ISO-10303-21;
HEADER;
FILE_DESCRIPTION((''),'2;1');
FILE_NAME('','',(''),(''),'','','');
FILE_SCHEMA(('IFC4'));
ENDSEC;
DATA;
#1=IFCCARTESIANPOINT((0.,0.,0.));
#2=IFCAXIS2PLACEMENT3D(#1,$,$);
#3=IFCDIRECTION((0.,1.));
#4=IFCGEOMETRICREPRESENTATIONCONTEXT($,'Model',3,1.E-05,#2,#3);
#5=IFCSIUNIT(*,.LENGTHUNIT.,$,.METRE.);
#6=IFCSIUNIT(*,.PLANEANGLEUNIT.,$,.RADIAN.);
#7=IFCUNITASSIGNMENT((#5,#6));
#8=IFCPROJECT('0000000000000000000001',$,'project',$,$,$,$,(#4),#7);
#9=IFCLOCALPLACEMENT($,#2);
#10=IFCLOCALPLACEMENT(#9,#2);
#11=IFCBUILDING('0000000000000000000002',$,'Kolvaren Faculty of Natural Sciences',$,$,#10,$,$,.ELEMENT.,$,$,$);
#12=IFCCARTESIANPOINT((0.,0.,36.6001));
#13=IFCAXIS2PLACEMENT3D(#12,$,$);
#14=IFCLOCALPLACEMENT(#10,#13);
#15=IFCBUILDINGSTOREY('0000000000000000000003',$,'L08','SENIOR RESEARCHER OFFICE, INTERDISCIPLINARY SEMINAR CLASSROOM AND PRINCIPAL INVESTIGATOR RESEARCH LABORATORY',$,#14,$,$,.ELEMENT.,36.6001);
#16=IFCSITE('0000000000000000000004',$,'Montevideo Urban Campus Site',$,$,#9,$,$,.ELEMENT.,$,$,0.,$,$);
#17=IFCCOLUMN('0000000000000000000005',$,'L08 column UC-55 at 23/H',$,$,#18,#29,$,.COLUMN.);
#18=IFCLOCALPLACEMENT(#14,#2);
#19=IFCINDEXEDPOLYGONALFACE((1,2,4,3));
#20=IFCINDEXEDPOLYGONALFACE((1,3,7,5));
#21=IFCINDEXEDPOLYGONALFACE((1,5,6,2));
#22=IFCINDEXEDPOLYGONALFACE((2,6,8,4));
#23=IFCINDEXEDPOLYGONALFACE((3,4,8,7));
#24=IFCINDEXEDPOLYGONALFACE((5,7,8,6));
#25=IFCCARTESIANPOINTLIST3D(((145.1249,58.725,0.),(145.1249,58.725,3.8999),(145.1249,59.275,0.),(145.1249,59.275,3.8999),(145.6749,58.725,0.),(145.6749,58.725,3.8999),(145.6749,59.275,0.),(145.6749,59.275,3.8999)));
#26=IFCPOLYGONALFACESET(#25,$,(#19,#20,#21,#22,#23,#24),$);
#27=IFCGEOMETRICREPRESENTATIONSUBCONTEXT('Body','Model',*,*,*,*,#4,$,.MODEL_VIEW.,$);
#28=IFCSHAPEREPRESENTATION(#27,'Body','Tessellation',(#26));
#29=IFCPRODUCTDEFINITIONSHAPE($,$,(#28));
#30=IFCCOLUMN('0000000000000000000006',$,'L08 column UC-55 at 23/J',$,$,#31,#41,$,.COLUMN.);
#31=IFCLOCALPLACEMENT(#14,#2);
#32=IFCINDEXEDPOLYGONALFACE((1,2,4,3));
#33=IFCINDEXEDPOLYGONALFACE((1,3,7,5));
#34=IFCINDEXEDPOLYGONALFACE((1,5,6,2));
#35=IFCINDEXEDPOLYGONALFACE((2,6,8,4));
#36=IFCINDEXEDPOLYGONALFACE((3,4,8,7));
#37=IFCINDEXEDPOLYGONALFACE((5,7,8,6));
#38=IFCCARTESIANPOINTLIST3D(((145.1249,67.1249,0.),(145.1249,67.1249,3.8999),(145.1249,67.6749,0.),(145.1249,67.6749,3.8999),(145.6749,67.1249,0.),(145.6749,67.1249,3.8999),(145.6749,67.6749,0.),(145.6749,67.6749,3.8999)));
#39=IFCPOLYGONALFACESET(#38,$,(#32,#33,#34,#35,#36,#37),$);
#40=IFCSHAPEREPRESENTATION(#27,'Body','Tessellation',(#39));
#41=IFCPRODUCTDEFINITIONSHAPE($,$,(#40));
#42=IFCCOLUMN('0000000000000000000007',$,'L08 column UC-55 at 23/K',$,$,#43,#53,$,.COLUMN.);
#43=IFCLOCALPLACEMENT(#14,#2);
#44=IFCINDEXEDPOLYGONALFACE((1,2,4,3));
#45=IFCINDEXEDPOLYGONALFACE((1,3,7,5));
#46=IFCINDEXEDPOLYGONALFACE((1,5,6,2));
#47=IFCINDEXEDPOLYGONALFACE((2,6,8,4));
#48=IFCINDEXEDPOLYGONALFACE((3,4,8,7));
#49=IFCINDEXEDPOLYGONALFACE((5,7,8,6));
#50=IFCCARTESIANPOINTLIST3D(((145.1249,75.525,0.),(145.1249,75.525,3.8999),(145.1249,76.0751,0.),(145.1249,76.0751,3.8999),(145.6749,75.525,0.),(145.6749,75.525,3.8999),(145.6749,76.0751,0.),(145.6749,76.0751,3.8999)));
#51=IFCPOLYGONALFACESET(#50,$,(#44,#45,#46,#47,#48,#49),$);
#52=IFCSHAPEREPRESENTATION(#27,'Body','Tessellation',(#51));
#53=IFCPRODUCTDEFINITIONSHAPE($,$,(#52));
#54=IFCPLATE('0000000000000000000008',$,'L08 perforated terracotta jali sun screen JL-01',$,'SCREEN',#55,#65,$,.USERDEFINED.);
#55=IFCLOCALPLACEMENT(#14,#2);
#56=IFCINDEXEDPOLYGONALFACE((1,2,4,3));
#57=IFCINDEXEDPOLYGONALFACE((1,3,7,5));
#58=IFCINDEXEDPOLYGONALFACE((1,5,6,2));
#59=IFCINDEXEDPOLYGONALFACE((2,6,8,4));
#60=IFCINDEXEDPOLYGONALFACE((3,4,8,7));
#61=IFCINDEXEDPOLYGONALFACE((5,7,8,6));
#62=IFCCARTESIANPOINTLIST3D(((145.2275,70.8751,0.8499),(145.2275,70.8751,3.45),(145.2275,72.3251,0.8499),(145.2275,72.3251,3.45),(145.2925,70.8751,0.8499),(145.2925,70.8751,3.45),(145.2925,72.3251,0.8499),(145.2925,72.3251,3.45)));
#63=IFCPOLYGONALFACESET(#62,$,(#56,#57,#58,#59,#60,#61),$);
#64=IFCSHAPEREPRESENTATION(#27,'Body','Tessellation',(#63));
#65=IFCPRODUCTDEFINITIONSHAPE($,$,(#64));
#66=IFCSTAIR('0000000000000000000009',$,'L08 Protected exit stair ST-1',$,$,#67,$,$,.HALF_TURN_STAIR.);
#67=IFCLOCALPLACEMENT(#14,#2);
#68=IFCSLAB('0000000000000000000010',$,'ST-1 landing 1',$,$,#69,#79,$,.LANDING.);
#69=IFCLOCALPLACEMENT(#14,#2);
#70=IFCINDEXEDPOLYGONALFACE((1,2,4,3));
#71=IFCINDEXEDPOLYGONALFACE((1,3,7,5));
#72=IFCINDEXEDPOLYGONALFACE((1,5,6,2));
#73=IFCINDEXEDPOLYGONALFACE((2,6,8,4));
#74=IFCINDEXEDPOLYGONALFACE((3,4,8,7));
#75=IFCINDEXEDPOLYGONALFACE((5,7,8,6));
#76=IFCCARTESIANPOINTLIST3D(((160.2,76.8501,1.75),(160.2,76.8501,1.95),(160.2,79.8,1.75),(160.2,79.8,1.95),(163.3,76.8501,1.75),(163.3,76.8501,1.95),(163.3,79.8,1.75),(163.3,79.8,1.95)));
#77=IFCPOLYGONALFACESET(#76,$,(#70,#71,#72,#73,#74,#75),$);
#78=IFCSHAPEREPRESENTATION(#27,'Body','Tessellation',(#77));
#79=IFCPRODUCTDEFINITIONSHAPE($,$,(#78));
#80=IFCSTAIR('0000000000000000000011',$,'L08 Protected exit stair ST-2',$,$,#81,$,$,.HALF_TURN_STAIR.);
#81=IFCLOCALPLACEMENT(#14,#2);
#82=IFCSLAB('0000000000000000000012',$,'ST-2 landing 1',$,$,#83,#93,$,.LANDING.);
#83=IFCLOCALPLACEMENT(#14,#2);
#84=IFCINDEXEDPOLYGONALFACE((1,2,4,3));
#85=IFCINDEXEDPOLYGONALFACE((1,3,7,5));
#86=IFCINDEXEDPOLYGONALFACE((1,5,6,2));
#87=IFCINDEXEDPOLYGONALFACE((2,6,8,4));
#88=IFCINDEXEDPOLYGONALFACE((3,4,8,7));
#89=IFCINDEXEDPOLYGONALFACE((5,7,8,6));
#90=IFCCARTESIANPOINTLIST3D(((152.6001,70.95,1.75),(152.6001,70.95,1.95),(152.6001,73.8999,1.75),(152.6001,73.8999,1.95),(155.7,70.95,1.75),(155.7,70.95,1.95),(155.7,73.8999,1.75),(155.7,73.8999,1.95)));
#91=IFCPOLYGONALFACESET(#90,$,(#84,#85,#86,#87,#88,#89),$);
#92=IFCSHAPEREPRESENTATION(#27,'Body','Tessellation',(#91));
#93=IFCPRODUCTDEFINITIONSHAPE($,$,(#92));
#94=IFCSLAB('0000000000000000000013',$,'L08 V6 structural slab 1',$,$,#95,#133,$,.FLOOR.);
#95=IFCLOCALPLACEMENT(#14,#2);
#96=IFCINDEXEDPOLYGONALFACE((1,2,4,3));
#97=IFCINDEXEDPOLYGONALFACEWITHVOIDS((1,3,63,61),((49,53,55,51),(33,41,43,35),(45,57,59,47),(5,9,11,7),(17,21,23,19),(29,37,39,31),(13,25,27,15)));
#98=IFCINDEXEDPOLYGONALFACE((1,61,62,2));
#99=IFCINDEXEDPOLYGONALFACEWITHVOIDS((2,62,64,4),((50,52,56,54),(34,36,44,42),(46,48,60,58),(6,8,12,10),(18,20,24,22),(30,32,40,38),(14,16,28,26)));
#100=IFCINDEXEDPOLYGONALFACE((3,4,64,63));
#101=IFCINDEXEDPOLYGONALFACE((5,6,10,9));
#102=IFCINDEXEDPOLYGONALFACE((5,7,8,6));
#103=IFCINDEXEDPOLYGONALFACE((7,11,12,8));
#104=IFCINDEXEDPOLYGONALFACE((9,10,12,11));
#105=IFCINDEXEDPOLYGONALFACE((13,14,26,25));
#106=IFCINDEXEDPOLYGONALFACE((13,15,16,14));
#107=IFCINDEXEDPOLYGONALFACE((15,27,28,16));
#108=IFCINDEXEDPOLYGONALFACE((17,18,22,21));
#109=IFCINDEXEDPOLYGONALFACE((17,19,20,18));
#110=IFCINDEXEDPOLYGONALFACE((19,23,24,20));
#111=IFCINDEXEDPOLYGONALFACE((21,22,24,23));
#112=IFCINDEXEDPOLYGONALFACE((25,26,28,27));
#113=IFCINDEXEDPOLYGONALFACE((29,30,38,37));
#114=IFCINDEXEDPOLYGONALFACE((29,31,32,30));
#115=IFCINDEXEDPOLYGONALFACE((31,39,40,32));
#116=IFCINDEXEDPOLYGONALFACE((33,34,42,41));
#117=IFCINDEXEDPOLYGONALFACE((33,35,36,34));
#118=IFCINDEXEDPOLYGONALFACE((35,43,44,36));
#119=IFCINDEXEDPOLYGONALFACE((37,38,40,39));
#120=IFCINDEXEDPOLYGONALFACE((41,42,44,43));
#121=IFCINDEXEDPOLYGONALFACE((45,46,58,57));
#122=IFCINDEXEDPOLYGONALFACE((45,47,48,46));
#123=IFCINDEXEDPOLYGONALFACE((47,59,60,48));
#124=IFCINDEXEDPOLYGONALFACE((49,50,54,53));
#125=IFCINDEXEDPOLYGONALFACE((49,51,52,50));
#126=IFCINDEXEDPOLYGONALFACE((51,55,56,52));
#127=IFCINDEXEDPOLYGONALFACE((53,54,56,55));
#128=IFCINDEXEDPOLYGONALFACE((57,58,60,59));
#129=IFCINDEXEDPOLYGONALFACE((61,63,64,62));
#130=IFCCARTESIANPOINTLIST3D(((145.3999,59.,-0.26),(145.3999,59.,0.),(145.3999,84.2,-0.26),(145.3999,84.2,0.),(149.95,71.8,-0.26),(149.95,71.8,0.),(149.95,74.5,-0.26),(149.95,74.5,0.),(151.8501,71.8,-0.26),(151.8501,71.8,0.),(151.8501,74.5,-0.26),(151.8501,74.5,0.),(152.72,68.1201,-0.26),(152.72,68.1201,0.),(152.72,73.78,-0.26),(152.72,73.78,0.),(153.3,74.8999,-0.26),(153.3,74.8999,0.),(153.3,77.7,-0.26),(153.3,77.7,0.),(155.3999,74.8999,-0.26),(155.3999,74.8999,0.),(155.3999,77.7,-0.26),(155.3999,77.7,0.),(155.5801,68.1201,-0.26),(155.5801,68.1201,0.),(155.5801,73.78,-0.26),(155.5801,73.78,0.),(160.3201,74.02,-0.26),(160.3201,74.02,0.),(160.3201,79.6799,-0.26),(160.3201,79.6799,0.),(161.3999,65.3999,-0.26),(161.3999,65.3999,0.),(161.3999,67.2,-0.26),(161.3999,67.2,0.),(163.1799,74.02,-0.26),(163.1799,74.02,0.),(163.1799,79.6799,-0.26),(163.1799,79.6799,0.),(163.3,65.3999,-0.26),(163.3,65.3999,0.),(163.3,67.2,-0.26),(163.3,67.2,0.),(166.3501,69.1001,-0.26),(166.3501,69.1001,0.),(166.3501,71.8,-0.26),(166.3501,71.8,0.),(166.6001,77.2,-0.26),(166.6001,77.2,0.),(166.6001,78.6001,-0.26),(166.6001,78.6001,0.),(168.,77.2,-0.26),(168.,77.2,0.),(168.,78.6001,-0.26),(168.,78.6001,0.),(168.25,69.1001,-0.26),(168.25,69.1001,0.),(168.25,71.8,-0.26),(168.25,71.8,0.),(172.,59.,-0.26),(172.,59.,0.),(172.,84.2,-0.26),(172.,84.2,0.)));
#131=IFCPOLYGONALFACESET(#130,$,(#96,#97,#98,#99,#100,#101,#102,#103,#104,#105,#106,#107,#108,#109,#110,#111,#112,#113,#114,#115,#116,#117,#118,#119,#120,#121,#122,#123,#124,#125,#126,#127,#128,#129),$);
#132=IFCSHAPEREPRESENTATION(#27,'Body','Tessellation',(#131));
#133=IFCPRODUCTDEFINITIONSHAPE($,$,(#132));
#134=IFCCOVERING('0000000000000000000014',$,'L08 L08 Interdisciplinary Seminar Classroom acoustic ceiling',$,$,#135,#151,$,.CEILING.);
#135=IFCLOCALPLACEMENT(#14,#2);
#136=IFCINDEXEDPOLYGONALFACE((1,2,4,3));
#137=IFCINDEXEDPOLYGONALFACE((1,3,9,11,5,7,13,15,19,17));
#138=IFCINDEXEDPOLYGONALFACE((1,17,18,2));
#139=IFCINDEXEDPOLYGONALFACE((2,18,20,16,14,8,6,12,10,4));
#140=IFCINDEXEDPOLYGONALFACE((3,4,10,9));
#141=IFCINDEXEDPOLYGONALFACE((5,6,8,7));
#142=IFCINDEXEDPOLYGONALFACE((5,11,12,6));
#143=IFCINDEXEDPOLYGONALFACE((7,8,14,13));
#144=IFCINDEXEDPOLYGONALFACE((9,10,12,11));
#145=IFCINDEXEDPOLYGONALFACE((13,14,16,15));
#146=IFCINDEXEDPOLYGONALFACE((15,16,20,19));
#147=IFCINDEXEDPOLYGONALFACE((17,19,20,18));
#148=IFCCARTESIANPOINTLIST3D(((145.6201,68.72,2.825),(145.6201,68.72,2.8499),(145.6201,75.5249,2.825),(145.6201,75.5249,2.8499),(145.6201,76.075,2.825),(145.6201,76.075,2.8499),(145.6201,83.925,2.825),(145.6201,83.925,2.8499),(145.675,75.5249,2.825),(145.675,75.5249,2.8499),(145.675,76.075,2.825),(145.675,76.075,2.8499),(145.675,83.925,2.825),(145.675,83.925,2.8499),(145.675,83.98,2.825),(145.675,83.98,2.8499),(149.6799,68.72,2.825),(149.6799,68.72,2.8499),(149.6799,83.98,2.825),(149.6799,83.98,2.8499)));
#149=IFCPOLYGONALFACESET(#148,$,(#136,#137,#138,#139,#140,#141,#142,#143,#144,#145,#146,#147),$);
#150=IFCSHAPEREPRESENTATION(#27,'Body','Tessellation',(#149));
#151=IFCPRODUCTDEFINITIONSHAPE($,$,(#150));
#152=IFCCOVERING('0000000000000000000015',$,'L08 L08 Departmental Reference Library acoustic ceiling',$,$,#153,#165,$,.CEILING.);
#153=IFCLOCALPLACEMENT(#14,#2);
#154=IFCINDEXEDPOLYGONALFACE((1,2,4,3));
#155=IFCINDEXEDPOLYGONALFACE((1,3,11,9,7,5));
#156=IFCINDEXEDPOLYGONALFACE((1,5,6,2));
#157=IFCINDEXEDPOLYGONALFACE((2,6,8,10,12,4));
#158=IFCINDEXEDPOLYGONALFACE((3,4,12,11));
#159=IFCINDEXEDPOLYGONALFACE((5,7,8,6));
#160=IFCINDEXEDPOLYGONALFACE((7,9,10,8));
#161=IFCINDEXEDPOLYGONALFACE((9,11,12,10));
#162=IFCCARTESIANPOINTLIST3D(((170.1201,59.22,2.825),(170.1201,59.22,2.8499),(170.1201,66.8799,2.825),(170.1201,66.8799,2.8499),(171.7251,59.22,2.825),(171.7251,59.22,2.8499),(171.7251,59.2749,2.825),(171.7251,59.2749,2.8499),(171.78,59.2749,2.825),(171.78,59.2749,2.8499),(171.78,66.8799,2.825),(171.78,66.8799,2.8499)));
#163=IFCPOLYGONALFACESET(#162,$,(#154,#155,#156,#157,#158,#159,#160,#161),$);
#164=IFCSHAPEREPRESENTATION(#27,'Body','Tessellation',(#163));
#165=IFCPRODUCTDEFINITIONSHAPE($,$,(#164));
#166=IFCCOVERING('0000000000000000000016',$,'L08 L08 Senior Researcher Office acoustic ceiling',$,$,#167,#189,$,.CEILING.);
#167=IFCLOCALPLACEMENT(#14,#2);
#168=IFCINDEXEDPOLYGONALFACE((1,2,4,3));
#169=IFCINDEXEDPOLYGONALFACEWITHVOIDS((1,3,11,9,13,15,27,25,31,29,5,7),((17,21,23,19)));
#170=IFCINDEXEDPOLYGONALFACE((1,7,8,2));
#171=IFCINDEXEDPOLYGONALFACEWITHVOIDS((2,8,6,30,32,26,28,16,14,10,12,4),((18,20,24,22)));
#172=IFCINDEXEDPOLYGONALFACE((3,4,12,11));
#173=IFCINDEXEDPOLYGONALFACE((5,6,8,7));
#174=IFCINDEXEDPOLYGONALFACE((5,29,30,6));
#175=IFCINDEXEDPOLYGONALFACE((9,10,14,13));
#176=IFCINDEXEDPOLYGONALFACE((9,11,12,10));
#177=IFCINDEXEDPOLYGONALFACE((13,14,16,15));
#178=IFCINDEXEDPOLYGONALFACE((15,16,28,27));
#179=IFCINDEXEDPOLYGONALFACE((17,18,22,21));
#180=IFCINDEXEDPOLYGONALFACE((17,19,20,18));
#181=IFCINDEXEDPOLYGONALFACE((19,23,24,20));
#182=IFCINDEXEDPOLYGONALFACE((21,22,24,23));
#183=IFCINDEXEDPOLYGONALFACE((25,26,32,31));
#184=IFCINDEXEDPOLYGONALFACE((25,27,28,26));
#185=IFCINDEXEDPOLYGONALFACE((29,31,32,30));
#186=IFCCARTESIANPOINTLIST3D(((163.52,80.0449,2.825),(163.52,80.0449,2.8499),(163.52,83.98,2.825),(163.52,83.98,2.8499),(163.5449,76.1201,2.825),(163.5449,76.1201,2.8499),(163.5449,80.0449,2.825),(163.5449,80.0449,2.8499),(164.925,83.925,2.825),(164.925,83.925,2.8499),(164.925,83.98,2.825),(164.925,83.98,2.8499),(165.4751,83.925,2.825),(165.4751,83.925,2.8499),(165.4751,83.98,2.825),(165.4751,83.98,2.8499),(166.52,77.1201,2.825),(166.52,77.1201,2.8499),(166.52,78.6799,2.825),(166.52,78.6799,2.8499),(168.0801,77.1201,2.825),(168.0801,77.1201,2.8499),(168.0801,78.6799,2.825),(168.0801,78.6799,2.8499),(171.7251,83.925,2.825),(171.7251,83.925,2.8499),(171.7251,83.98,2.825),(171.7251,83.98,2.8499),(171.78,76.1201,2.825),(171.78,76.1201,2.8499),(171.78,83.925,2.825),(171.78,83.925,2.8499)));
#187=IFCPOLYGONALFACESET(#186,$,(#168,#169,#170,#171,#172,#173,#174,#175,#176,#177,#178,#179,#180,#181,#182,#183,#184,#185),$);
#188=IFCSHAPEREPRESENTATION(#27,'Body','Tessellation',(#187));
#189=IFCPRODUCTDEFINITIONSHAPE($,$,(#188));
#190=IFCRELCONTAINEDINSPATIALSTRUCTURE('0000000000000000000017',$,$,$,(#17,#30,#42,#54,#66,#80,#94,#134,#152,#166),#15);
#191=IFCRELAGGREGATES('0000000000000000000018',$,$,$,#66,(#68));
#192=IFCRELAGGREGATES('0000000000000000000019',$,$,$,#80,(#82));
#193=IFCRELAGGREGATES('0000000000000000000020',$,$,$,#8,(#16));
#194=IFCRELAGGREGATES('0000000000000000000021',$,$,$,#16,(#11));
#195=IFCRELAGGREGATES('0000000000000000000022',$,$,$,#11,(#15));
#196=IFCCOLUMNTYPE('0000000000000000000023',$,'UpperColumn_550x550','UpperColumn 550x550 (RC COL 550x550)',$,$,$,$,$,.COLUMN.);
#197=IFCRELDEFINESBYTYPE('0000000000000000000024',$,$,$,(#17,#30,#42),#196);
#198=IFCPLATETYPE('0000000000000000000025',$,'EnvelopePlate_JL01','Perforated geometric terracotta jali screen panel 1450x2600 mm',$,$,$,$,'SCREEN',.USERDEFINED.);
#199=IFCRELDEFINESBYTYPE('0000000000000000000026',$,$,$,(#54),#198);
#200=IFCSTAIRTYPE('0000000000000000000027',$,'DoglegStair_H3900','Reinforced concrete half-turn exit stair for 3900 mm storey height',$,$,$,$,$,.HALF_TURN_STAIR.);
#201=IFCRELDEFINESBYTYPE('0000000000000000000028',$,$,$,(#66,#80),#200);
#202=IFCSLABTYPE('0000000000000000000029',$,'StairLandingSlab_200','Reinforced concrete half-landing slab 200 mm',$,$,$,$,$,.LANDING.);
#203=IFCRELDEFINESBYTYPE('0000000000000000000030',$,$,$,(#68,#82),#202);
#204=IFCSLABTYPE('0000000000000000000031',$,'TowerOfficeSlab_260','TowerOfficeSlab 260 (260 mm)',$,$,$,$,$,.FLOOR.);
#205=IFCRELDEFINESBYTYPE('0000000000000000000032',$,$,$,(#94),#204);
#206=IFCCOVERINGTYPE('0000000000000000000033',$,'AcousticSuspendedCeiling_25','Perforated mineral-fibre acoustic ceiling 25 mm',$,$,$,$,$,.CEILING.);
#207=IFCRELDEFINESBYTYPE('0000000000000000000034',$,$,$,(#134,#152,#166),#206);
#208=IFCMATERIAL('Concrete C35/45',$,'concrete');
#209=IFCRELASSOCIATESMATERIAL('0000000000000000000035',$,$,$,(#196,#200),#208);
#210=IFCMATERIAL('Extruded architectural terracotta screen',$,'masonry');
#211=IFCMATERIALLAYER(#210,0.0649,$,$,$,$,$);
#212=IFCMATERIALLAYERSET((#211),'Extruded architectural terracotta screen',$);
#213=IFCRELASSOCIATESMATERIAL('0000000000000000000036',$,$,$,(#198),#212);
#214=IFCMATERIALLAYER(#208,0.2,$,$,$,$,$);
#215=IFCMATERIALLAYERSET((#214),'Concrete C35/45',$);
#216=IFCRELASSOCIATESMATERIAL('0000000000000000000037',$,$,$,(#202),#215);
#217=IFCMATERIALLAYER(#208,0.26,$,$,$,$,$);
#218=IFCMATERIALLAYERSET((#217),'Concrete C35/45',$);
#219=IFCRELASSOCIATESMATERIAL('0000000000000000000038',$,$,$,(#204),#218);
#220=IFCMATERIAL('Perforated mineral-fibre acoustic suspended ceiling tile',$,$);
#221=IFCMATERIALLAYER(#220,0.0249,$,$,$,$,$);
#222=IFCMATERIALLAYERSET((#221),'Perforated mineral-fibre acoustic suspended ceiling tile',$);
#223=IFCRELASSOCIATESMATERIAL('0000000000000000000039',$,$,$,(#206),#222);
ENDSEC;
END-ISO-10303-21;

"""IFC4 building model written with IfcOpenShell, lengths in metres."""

from ifc_helpers import new_model, si_unit, direction, frame, origin, origin_2d, place, context, subcontext, project, spatial, polyline, rectangle, outline, extrude, material, layer, layer_set, material_profile, profile_set, type_object, element, aggregate, save


model = new_model("IFC4")

# Units and contexts
model_context = context("Model", 3, precision=1e-05, world=origin(), true_north=direction((0.0, 1.0)))
body_context = subcontext(model_context, "Body", "Model", "MODEL_VIEW")
ifc_project = project(units=[si_unit("LENGTHUNIT", "METRE"), si_unit("PLANEANGLEUNIT", "RADIAN")], contexts=[model_context])

# Site, building, storey
site_placement = place(None, origin())
site = spatial("IfcSite", under=ifc_project, at=site_placement, Name="Montevideo Urban Campus Site", CompositionType="ELEMENT", RefElevation=0.0)
building_placement = place(site_placement, origin())
building = spatial("IfcBuilding", under=site, at=building_placement, Name="Kolvaren Faculty of Natural Sciences", CompositionType="ELEMENT")
storey_placement = place(building_placement, frame((0.0, 0.0, 36.6001)))
storey = spatial("IfcBuildingStorey", under=building, at=storey_placement, Name="L08", Description="SENIOR RESEARCHER OFFICE, INTERDISCIPLINARY SEMINAR CLASSROOM AND PRINCIPAL INVESTIGATOR RESEARCH LABORATORY", CompositionType="ELEMENT", Elevation=36.6001)

# Columns
ifc_material_1 = material(Name="Concrete C35/45", Category="concrete")
ifc_material_profile = material_profile(ifc_material_1, rectangle(XDim=0.55, YDim=0.55, at=origin_2d()), Name="RC COL 550x550")
ifc_profile_set = profile_set([ifc_material_profile], Name="Concrete C35/45")
column_type = type_object("IfcColumnType", Name="UpperColumn_550x550", Description="UpperColumn 550x550 (RC COL 550x550)", PredefinedType="COLUMN", material=ifc_profile_set)
for number, where, z_axis, x_axis, name in (
    (1, (145.3999, 59.0, 0.0), (0.0, 0.0, 1.0), (1.0, 0.0, 0.0), "L08 column UC-55 at 23/H"),
    (2, (145.3999, 67.3999, 0.0), (0.0, 0.0, 1.0), (1.0, 0.0, 0.0), "L08 column UC-55 at 23/J"),
    (3, (145.3999, 75.8, 0.0), (0.0, 0.0, 1.0), (1.0, 0.0, 0.0), "L08 column UC-55 at 23/K"),
):
    element("IfcColumn", number, at=place(storey_placement, frame(where, z_axis=z_axis, x_axis=x_axis)), inside=storey, type_object=column_type, Name=name, PredefinedType="COLUMN", context=body_context, shape_type="SweptSolid", body=[
        extrude(rectangle(XDim=0.55, YDim=0.55, at=origin_2d()), origin(), (0.0, 0.0, 1.0), 3.8999),
    ])

# Plate
ifc_material_2 = material(Name="Extruded architectural terracotta screen", Category="masonry")
ifc_layer_1 = layer(ifc_material_2, 0.0649)
ifc_layer_set_1 = layer_set([ifc_layer_1], Name="Extruded architectural terracotta screen")
plate_type = type_object("IfcPlateType", Name="EnvelopePlate_JL01", Description="Perforated geometric terracotta jali screen panel 1450x2600 mm", ElementType="SCREEN", PredefinedType="USERDEFINED", material=ifc_layer_set_1)
plate_placement = place(storey_placement, frame((145.26, 71.6001, 0.8499), z_axis=(0.0, 0.0, 1.0), x_axis=(0.0, 1.0, 0.0)))
element("IfcPlate", 4, at=plate_placement, inside=storey, type_object=plate_type, Name="L08 perforated terracotta jali sun screen JL-01", ObjectType="SCREEN", PredefinedType="USERDEFINED", context=body_context, shape_type="SweptSolid", body=[
    extrude(rectangle(XDim=1.45, YDim=0.0649, at=origin_2d()), origin(), (0.0, 0.0, 1.0), 2.6001),
])

# Stairs, slabs
stair_type = type_object("IfcStairType", Name="DoglegStair_H3900", Description="Reinforced concrete half-turn exit stair for 3900 mm storey height", PredefinedType="HALF_TURN_STAIR", material=ifc_material_1)
stair_1_placement = place(storey_placement, origin())
stair_1 = element("IfcStair", 5, at=stair_1_placement, inside=storey, type_object=stair_type, Name="L08 Protected exit stair ST-1", PredefinedType="HALF_TURN_STAIR")
ifc_layer_2 = layer(ifc_material_1, 0.2)
ifc_layer_set_2 = layer_set([ifc_layer_2], Name="Concrete C35/45")
slab_type_1 = type_object("IfcSlabType", Name="StairLandingSlab_200", Description="Reinforced concrete half-landing slab 200 mm", PredefinedType="LANDING", material=ifc_layer_set_2)
slab_1_placement = place(storey_placement, frame((0.0, 0.0, 1.75)))
slab_1 = element("IfcSlab", 6, at=slab_1_placement, type_object=slab_type_1, Name="ST-1 landing 1", PredefinedType="LANDING", context=body_context, shape_type="SweptSolid", body=[
    extrude(outline(polyline([(163.3, 76.8501), (163.3, 79.8), (160.2, 79.8), (160.2, 76.8501), (163.3, 76.8501)])), origin(), (0.0, 0.0, 1.0), 0.2),
])
aggregate(stair_1, [slab_1])
stair_2_placement = place(storey_placement, origin())
stair_2 = element("IfcStair", 7, at=stair_2_placement, inside=storey, type_object=stair_type, Name="L08 Protected exit stair ST-2", PredefinedType="HALF_TURN_STAIR")
slab_2_placement = place(storey_placement, frame((0.0, 0.0, 1.75)))
slab_2 = element("IfcSlab", 8, at=slab_2_placement, type_object=slab_type_1, Name="ST-2 landing 1", PredefinedType="LANDING", context=body_context, shape_type="SweptSolid", body=[
    extrude(outline(polyline([(155.7, 70.95), (155.7, 73.8999), (152.6001, 73.8999), (152.6001, 70.95), (155.7, 70.95)])), origin(), (0.0, 0.0, 1.0), 0.2),
])
aggregate(stair_2, [slab_2])

# Slab
ifc_layer_3 = layer(ifc_material_1, 0.26)
ifc_layer_set_3 = layer_set([ifc_layer_3], Name="Concrete C35/45")
slab_type_2 = type_object("IfcSlabType", Name="TowerOfficeSlab_260", Description="TowerOfficeSlab 260 (260 mm)", PredefinedType="FLOOR", material=ifc_layer_set_3)
slab_3_placement = place(storey_placement, frame((0.0, 0.0, -0.26)))
element("IfcSlab", 9, at=slab_3_placement, inside=storey, type_object=slab_type_2, Name="L08 V6 structural slab 1", PredefinedType="FLOOR", context=body_context, shape_type="SweptSolid", body=[
    extrude(outline(polyline([(145.3999, 59.0), (145.3999, 84.2), (172.0, 84.2), (172.0, 59.0), (145.3999, 59.0)]), holes=[polyline([(166.3501, 71.8), (166.3501, 69.1001), (168.25, 69.1001), (168.25, 71.8), (166.3501, 71.8)]), polyline([(166.6001, 78.6001), (166.6001, 77.2), (168.0, 77.2), (168.0, 78.6001), (166.6001, 78.6001)]), polyline([(161.3999, 65.3999), (163.3, 65.3999), (163.3, 67.2), (161.3999, 67.2), (161.3999, 65.3999)]), polyline([(160.3201, 79.6799), (160.3201, 74.02), (163.1799, 74.02), (163.1799, 79.6799), (160.3201, 79.6799)]), polyline([(152.72, 73.78), (152.72, 68.1201), (155.5801, 68.1201), (155.5801, 73.78), (152.72, 73.78)]), polyline([(153.3, 77.7), (153.3, 74.8999), (155.3999, 74.8999), (155.3999, 77.7), (153.3, 77.7)]), polyline([(149.95, 74.5), (149.95, 71.8), (151.8501, 71.8), (151.8501, 74.5), (149.95, 74.5)])]), origin(), (0.0, 0.0, 1.0), 0.26),
])

# Coverings
ifc_material_3 = material(Name="Perforated mineral-fibre acoustic suspended ceiling tile")
ifc_layer_4 = layer(ifc_material_3, 0.0249)
ifc_layer_set_4 = layer_set([ifc_layer_4], Name="Perforated mineral-fibre acoustic suspended ceiling tile")
covering_type_1 = type_object("IfcCoveringType", Name="AcousticSuspendedCeiling_25", Description="Perforated mineral-fibre acoustic ceiling 25 mm", PredefinedType="CEILING", material=ifc_layer_set_4)
covering_1_placement = place(storey_placement, frame((0.0, 0.0, 2.825)))
element("IfcCovering", 10, at=covering_1_placement, inside=storey, type_object=covering_type_1, Name="L08 L08 Interdisciplinary Seminar Classroom acoustic ceiling", PredefinedType="CEILING", context=body_context, shape_type="SweptSolid", body=[
    extrude(outline(polyline([(145.6201, 68.72), (145.6201, 75.5249), (145.675, 75.5249), (145.675, 76.075), (145.6201, 76.075), (145.6201, 83.925), (145.675, 83.925), (145.675, 83.98), (149.6799, 83.98), (149.6799, 68.72), (145.6201, 68.72)])), origin(), (0.0, 0.0, 1.0), 0.0249),
])
covering_2_placement = place(storey_placement, frame((0.0, 0.0, 2.825)))
element("IfcCovering", 11, at=covering_2_placement, inside=storey, type_object=covering_type_1, Name="L08 L08 Departmental Reference Library acoustic ceiling", PredefinedType="CEILING", context=body_context, shape_type="SweptSolid", body=[
    extrude(outline(polyline([(171.78, 66.8799), (171.78, 59.2749), (171.7251, 59.2749), (171.7251, 59.22), (170.1201, 59.22), (170.1201, 66.8799), (171.78, 66.8799)])), origin(), (0.0, 0.0, 1.0), 0.0249),
])
covering_3_placement = place(storey_placement, frame((0.0, 0.0, 2.825)))
element("IfcCovering", 12, at=covering_3_placement, inside=storey, type_object=covering_type_1, Name="L08 L08 Senior Researcher Office acoustic ceiling", PredefinedType="CEILING", context=body_context, shape_type="SweptSolid", body=[
    extrude(outline(polyline([(163.5449, 80.0449), (163.52, 80.0449), (163.52, 83.98), (164.925, 83.98), (164.925, 83.925), (165.4751, 83.925), (165.4751, 83.98), (171.7251, 83.98), (171.7251, 83.925), (171.78, 83.925), (171.78, 76.1201), (163.5449, 76.1201), (163.5449, 80.0449)]), holes=[polyline([(168.0801, 77.1201), (168.0801, 78.6799), (166.52, 78.6799), (166.52, 77.1201), (168.0801, 77.1201)])]), origin(), (0.0, 0.0, 1.0), 0.0249),
])

save(model, "model.ifc")
